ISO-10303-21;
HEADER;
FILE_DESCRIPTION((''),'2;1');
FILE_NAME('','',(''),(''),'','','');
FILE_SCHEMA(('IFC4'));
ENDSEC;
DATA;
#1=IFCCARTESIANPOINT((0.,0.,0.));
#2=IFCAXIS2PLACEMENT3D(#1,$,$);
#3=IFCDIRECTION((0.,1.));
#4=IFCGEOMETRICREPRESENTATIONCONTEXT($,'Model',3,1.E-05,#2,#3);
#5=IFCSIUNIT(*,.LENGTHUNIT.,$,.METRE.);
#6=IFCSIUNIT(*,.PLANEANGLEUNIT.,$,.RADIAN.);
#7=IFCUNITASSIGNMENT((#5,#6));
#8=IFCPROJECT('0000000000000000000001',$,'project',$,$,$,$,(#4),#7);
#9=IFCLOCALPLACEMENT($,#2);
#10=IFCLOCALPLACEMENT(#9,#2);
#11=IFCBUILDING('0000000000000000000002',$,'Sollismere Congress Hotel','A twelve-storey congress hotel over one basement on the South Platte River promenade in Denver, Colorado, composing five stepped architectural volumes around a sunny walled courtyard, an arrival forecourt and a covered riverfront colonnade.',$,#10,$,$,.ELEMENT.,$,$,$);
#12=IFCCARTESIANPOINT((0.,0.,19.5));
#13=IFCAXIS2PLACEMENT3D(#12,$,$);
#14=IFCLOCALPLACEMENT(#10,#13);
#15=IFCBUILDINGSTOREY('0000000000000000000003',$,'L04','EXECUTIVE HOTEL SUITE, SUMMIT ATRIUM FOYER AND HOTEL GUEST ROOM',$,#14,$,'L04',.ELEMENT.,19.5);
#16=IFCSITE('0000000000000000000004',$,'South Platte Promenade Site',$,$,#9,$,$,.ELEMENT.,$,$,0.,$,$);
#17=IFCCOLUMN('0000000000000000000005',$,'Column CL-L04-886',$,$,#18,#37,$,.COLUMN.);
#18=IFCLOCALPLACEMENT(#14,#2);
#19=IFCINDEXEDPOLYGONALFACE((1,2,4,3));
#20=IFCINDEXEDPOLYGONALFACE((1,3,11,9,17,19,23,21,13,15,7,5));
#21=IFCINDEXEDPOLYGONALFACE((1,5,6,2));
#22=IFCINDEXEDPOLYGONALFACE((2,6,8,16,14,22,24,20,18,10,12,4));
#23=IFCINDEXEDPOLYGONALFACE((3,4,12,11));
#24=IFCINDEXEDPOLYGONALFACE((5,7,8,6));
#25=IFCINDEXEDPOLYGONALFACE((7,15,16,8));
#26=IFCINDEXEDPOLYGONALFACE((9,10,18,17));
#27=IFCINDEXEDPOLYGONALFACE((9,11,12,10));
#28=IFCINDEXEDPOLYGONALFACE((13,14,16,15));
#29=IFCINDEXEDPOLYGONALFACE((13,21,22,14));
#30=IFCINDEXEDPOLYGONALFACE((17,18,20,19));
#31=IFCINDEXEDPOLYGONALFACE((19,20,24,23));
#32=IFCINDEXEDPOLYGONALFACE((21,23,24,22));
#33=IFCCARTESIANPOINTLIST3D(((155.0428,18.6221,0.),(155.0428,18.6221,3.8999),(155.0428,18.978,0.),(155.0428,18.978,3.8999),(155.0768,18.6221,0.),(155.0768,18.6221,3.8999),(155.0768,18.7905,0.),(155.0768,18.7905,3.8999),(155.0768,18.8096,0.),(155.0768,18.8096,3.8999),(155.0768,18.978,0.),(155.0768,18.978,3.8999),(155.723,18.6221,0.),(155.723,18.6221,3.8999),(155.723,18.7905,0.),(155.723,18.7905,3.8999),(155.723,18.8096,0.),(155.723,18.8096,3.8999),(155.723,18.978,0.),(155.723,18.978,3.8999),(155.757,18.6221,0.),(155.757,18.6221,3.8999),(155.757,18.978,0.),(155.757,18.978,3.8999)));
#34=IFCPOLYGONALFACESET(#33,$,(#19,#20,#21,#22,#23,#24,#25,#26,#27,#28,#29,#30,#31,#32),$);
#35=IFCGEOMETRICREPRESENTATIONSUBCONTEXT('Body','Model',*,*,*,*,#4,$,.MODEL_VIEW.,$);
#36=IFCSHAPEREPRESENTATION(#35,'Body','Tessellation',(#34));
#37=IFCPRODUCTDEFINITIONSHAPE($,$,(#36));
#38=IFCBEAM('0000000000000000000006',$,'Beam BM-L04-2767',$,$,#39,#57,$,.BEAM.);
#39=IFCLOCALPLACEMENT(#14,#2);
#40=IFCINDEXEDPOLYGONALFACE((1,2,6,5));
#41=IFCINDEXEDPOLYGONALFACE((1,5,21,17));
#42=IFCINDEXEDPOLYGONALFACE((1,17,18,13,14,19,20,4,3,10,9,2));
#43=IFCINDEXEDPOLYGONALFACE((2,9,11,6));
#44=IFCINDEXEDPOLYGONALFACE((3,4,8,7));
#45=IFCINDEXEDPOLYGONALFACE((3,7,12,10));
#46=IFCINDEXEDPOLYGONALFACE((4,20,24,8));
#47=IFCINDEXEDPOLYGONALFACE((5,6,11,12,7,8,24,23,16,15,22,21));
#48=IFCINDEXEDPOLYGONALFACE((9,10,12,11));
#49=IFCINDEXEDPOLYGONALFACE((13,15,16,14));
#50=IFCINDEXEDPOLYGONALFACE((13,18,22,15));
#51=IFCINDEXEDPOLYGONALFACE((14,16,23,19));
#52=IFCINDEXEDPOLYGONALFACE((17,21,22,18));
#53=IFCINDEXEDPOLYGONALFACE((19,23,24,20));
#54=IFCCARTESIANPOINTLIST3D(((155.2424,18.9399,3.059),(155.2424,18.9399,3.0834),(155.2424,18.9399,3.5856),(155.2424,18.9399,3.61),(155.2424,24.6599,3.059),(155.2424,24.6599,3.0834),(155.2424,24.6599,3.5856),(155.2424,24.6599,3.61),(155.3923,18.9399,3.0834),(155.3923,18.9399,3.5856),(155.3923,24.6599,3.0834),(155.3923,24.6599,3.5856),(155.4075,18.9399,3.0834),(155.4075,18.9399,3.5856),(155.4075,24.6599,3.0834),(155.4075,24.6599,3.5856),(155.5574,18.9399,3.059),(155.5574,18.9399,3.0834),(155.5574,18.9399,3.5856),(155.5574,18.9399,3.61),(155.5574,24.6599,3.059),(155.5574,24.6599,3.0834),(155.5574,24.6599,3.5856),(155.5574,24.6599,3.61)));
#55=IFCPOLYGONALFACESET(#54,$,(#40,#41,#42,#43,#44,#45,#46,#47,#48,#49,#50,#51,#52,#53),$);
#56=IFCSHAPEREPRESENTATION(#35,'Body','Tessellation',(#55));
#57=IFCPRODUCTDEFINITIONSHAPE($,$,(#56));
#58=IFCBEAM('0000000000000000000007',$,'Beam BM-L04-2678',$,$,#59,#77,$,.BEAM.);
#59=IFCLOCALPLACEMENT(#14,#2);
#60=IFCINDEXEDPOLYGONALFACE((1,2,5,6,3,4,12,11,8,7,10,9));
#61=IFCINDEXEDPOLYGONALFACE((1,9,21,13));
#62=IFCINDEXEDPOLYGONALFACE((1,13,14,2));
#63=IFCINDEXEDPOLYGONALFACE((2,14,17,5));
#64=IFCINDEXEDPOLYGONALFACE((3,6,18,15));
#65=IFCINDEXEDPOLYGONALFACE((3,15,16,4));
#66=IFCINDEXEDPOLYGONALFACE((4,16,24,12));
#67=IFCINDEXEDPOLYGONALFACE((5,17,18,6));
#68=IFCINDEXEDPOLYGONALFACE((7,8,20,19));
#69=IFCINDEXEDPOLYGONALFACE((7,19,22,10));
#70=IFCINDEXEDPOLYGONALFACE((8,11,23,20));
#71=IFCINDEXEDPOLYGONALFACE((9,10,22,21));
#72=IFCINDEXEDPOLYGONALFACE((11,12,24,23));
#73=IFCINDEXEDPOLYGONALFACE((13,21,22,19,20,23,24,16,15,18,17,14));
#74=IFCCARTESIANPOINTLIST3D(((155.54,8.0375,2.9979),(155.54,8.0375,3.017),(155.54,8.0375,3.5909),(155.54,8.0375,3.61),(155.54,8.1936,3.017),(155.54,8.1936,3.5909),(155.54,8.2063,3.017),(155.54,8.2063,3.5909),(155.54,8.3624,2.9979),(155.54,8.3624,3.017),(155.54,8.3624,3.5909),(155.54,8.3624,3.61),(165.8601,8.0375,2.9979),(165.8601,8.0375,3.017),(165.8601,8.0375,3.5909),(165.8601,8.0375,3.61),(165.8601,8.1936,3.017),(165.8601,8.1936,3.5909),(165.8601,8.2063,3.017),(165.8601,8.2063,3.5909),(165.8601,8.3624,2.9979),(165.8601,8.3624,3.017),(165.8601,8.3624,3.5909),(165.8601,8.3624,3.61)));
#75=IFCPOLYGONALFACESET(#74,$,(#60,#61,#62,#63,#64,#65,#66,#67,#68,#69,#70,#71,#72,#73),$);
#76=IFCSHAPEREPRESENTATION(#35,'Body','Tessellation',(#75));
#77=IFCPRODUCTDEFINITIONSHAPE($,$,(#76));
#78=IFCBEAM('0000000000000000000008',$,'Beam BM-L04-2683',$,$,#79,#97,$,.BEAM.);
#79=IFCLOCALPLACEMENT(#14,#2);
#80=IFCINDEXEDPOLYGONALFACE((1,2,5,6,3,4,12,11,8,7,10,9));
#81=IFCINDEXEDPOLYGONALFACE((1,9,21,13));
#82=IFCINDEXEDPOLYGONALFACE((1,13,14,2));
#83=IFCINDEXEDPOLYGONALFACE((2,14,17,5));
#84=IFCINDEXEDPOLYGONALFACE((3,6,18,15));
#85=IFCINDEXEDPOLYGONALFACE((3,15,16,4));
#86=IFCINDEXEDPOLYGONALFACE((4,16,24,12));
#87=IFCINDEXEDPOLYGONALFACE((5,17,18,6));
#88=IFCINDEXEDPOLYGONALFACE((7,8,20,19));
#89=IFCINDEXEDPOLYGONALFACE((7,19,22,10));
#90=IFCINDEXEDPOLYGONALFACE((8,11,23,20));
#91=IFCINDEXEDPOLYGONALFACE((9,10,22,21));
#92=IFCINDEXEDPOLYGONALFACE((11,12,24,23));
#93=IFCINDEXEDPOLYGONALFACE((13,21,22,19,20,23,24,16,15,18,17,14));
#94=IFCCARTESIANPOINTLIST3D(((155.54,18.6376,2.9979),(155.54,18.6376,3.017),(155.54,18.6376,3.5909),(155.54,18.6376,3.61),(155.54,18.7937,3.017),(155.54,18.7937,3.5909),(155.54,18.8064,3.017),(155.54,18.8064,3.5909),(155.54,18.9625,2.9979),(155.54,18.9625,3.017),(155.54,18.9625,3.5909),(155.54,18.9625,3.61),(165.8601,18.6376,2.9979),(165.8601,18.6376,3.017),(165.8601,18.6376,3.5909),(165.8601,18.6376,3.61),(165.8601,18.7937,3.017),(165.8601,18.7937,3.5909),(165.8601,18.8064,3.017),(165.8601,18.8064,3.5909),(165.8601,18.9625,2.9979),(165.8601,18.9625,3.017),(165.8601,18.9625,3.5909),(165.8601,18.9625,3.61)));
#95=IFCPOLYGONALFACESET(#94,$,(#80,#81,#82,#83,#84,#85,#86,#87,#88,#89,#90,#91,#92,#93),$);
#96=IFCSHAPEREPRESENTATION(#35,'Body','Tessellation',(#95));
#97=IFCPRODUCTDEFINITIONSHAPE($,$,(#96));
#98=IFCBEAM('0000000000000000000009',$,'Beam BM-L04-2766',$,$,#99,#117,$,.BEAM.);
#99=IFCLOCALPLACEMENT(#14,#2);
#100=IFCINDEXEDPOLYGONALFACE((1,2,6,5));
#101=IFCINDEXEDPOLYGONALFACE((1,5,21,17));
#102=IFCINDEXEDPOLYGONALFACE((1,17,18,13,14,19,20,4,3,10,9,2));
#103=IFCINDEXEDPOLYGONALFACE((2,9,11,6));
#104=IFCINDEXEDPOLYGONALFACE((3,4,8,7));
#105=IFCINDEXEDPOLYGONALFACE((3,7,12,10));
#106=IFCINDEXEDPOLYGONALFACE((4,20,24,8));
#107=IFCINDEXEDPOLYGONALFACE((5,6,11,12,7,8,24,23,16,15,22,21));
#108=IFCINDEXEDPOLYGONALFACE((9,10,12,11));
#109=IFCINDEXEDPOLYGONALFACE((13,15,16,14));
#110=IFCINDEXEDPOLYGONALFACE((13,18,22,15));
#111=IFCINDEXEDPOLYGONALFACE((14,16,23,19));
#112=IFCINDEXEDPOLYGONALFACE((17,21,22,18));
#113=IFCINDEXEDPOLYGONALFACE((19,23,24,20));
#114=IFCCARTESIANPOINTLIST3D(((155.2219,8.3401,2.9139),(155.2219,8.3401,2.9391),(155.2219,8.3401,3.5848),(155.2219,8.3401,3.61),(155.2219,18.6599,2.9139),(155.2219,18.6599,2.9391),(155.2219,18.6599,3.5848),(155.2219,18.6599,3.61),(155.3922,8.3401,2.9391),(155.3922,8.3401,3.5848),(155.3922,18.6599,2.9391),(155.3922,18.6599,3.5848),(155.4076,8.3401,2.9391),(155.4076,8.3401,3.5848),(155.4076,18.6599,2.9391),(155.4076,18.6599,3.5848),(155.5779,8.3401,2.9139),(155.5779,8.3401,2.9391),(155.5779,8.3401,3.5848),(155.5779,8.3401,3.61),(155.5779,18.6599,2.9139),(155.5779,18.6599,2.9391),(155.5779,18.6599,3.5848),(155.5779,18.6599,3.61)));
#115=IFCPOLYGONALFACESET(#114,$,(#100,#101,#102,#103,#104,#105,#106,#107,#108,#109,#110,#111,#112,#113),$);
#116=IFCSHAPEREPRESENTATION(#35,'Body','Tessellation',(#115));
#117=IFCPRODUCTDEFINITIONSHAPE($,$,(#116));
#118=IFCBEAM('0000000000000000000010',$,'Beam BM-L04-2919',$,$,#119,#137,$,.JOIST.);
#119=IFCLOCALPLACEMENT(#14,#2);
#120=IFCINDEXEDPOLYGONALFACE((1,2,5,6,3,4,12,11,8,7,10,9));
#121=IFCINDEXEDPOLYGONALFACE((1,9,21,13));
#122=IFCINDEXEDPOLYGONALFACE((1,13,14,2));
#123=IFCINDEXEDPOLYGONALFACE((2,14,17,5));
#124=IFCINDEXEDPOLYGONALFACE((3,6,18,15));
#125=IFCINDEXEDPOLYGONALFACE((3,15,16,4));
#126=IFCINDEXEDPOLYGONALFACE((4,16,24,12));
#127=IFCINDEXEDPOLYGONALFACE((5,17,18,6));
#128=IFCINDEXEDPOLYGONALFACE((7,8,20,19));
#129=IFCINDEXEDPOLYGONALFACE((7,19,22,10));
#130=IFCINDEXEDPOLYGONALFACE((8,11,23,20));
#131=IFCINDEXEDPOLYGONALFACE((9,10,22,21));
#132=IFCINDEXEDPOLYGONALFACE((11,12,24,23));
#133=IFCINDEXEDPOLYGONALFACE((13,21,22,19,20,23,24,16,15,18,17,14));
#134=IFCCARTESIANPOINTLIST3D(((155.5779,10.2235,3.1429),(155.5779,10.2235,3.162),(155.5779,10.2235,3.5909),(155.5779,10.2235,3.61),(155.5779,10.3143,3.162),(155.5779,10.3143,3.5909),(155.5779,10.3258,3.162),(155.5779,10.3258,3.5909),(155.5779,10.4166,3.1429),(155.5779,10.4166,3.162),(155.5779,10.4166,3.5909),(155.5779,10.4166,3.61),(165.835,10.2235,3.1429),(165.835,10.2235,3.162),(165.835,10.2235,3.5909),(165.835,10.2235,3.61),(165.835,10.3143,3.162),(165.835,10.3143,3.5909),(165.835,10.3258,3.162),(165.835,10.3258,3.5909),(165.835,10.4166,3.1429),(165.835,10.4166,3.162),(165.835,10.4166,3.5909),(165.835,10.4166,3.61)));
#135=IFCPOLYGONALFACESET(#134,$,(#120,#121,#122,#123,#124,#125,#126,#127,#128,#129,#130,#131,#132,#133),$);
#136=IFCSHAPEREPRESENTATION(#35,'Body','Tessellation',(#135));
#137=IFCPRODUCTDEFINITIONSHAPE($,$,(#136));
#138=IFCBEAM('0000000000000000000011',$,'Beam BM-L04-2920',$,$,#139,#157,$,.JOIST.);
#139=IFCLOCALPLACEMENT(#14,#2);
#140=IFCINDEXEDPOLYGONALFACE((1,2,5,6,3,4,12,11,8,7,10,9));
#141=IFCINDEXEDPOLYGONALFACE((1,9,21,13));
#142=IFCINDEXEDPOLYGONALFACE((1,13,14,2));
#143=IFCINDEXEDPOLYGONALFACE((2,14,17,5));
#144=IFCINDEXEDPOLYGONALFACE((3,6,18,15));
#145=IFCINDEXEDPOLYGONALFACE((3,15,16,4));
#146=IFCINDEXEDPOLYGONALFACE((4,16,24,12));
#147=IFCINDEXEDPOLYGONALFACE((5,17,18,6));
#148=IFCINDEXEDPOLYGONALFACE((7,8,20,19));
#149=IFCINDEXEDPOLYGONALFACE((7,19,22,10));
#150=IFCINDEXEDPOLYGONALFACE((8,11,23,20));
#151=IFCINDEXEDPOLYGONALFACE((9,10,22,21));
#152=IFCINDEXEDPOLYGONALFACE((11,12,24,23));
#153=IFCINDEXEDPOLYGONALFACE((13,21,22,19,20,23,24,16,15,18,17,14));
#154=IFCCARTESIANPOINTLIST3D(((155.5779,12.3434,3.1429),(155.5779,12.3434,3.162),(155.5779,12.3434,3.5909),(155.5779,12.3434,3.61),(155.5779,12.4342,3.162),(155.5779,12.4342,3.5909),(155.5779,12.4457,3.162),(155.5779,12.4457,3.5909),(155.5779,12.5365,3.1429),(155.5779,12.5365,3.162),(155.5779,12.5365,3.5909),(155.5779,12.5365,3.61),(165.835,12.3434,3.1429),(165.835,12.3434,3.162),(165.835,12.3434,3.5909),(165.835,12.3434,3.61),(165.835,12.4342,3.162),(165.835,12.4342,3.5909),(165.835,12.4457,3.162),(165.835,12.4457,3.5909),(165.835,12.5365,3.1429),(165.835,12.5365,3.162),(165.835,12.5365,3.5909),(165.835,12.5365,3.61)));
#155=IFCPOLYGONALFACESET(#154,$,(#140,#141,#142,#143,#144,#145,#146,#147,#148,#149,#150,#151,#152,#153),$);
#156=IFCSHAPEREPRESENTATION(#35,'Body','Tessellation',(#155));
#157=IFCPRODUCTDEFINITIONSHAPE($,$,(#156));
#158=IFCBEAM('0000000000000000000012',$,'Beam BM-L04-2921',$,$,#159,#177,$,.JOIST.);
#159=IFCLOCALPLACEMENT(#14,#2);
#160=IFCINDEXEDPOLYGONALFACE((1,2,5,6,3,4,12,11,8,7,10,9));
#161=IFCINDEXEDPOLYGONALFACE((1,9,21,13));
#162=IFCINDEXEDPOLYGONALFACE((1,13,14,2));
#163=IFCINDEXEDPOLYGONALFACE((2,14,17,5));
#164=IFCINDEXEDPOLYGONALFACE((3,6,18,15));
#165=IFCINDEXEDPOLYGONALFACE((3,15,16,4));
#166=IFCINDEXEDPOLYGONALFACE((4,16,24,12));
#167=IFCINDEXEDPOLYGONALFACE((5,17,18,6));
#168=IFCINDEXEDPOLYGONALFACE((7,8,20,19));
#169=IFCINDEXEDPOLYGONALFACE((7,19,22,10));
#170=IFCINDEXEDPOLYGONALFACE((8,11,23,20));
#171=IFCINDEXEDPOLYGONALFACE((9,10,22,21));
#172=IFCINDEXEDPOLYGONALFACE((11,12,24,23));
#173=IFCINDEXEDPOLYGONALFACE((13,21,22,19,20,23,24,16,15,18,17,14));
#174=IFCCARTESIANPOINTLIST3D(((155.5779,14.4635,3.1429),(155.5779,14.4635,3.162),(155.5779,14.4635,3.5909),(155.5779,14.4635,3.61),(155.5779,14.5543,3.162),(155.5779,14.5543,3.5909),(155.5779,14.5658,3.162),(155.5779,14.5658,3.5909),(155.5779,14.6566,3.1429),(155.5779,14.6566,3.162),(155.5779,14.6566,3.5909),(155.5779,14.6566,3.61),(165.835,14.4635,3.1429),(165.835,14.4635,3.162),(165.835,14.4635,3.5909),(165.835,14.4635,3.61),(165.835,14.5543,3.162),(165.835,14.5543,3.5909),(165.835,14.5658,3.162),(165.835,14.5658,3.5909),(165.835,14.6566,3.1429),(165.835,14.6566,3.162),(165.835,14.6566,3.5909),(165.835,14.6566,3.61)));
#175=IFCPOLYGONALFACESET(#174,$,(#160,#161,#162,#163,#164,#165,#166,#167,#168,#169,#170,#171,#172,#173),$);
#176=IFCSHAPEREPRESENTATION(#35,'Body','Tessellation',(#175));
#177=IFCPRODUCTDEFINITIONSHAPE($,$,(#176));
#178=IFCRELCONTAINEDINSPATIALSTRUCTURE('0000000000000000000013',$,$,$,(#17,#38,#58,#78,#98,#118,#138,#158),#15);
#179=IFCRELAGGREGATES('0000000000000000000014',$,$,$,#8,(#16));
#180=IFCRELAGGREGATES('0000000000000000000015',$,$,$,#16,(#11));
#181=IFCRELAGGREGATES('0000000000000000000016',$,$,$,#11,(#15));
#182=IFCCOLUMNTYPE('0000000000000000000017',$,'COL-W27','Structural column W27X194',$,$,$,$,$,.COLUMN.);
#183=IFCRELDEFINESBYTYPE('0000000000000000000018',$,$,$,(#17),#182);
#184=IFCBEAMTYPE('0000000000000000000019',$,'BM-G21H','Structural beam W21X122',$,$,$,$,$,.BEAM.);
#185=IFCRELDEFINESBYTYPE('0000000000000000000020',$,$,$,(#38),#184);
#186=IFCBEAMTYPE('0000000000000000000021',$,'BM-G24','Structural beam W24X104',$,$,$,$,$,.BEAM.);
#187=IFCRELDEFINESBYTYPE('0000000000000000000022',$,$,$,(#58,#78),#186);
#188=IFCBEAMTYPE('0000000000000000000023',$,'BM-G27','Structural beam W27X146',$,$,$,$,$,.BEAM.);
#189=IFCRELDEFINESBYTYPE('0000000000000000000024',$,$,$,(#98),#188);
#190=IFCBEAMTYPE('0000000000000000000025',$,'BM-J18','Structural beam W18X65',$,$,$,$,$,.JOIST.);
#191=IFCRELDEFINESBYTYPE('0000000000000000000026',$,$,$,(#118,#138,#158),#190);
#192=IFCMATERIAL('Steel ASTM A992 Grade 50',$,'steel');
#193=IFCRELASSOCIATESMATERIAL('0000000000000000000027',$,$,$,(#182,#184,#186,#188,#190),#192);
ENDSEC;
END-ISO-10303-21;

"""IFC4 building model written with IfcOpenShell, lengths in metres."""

from ifc_helpers import new_model, si_unit, direction, frame, origin, origin_2d, place, context, subcontext, project, spatial, i_section, extrude, material, material_profile, profile_set, type_object, element, save


model = new_model("IFC4")

# Units and contexts
model_context = context("Model", 3, precision=1e-05, world=origin(), true_north=direction((0.0, 1.0)))
body_context = subcontext(model_context, "Body", "Model", "MODEL_VIEW")
ifc_project = project(units=[si_unit("LENGTHUNIT", "METRE"), si_unit("PLANEANGLEUNIT", "RADIAN")], contexts=[model_context])

# Site, building, storey
site_placement = place(None, origin())
site = spatial("IfcSite", under=ifc_project, at=site_placement, Name="South Platte Promenade Site", CompositionType="ELEMENT", RefElevation=0.0)
building_placement = place(site_placement, origin())
building = spatial("IfcBuilding", under=site, at=building_placement, Name="Sollismere Congress Hotel", Description="A twelve-storey congress hotel over one basement on the South Platte River promenade in Denver, Colorado, composing five stepped architectural volumes around a sunny walled courtyard, an arrival forecourt and a covered riverfront colonnade.", CompositionType="ELEMENT")
storey_placement = place(building_placement, frame((0.0, 0.0, 19.5)))
storey = spatial("IfcBuildingStorey", under=building, at=storey_placement, Name="L04", Description="EXECUTIVE HOTEL SUITE, SUMMIT ATRIUM FOYER AND HOTEL GUEST ROOM", LongName="L04", CompositionType="ELEMENT", Elevation=19.5)

# Column
ifc_material_1 = material(Name="Steel ASTM A992 Grade 50", Category="steel")
ifc_material_profile_1 = material_profile(ifc_material_1, i_section(OverallWidth=0.356, OverallDepth=0.7141, WebThickness=0.019, FlangeThickness=0.0339, at=origin_2d()), Name="W27X194")
ifc_profile_set_1 = profile_set([ifc_material_profile_1], Name="Steel ASTM A992 Grade 50")
column_type = type_object("IfcColumnType", Name="COL-W27", Description="Structural column W27X194", PredefinedType="COLUMN", material=ifc_profile_set_1)
column_placement = place(storey_placement, frame((155.3999, 18.8, 0.0), z_axis=(0.0, 0.0, 1.0), x_axis=(0.0, 1.0, 0.0)))
element("IfcColumn", 1, at=column_placement, inside=storey, type_object=column_type, Name="Column CL-L04-886", PredefinedType="COLUMN", context=body_context, shape_type="SweptSolid", body=[
    extrude(i_section(OverallWidth=0.356, OverallDepth=0.7141, WebThickness=0.019, FlangeThickness=0.0339, at=origin_2d()), origin(), (0.0, 0.0, 1.0), 3.8999),
])

# Beams
ifc_material_profile_2 = material_profile(ifc_material_1, i_section(OverallWidth=0.3149, OverallDepth=0.551, WebThickness=0.0151, FlangeThickness=0.0244, at=origin_2d()), Name="W21X122")
ifc_profile_set_2 = profile_set([ifc_material_profile_2], Name="Steel ASTM A992 Grade 50")
beam_type_1 = type_object("IfcBeamType", Name="BM-G21H", Description="Structural beam W21X122", PredefinedType="BEAM", material=ifc_profile_set_2)
beam_1_placement = place(storey_placement, frame((155.3999, 18.9399, 3.3345), z_axis=(0.0, 1.0, 0.0), x_axis=(-1.0, 0.0, 0.0)))
element("IfcBeam", 2, at=beam_1_placement, inside=storey, type_object=beam_type_1, Name="Beam BM-L04-2767", PredefinedType="BEAM", context=body_context, shape_type="SweptSolid", body=[
    extrude(i_section(OverallWidth=0.3149, OverallDepth=0.551, WebThickness=0.0151, FlangeThickness=0.0244, at=origin_2d()), origin(), (0.0, 0.0, 1.0), 5.72),
])
ifc_material_profile_3 = material_profile(ifc_material_1, i_section(OverallWidth=0.325, OverallDepth=0.6121, WebThickness=0.0127, FlangeThickness=0.019, at=origin_2d()), Name="W24X104")
ifc_profile_set_3 = profile_set([ifc_material_profile_3], Name="Steel ASTM A992 Grade 50")
beam_type_2 = type_object("IfcBeamType", Name="BM-G24", Description="Structural beam W24X104", PredefinedType="BEAM", material=ifc_profile_set_3)
for number, where, z_axis, x_axis, name in (
    (3, (155.54, 8.2, 3.304), (1.0, 0.0, 0.0), (0.0, 1.0, 0.0), "Beam BM-L04-2678"),
    (4, (155.54, 18.8, 3.304), (1.0, 0.0, 0.0), (0.0, 1.0, 0.0), "Beam BM-L04-2683"),
):
    element("IfcBeam", number, at=place(storey_placement, frame(where, z_axis=z_axis, x_axis=x_axis)), inside=storey, type_object=beam_type_2, Name=name, PredefinedType="BEAM", context=body_context, shape_type="SweptSolid", body=[
        extrude(i_section(OverallWidth=0.325, OverallDepth=0.6121, WebThickness=0.0127, FlangeThickness=0.019, at=origin_2d()), origin(), (0.0, 0.0, 1.0), 10.3201),
    ])
ifc_material_profile_4 = material_profile(ifc_material_1, i_section(OverallWidth=0.356, OverallDepth=0.696, WebThickness=0.0154, FlangeThickness=0.0251, at=origin_2d()), Name="W27X146")
ifc_profile_set_4 = profile_set([ifc_material_profile_4], Name="Steel ASTM A992 Grade 50")
beam_type_3 = type_object("IfcBeamType", Name="BM-G27", Description="Structural beam W27X146", PredefinedType="BEAM", material=ifc_profile_set_4)
beam_2_placement = place(storey_placement, frame((155.3999, 8.3401, 3.262), z_axis=(0.0, 1.0, 0.0), x_axis=(-1.0, 0.0, 0.0)))
element("IfcBeam", 5, at=beam_2_placement, inside=storey, type_object=beam_type_3, Name="Beam BM-L04-2766", PredefinedType="BEAM", context=body_context, shape_type="SweptSolid", body=[
    extrude(i_section(OverallWidth=0.356, OverallDepth=0.696, WebThickness=0.0154, FlangeThickness=0.0251, at=origin_2d()), origin(), (0.0, 0.0, 1.0), 10.3198),
])
ifc_material_profile_5 = material_profile(ifc_material_1, i_section(OverallWidth=0.1931, OverallDepth=0.467, WebThickness=0.0115, FlangeThickness=0.019, at=origin_2d()), Name="W18X65")
ifc_profile_set_5 = profile_set([ifc_material_profile_5], Name="Steel ASTM A992 Grade 50")
beam_type_4 = type_object("IfcBeamType", Name="BM-J18", Description="Structural beam W18X65", PredefinedType="JOIST", material=ifc_profile_set_5)
for number, where, z_axis, x_axis, name in (
    (6, (155.5779, 10.3201, 3.3765), (1.0, 0.0, 0.0), (0.0, 1.0, 0.0), "Beam BM-L04-2919"),
    (7, (155.5779, 12.4399, 3.3765), (1.0, 0.0, 0.0), (0.0, 1.0, 0.0), "Beam BM-L04-2920"),
    (8, (155.5779, 14.5601, 3.3765), (1.0, 0.0, 0.0), (0.0, 1.0, 0.0), "Beam BM-L04-2921"),
):
    element("IfcBeam", number, at=place(storey_placement, frame(where, z_axis=z_axis, x_axis=x_axis)), inside=storey, type_object=beam_type_4, Name=name, PredefinedType="JOIST", context=body_context, shape_type="SweptSolid", body=[
        extrude(i_section(OverallWidth=0.1931, OverallDepth=0.467, WebThickness=0.0115, FlangeThickness=0.019, at=origin_2d()), origin(), (0.0, 0.0, 1.0), 10.2571),
    ])

save(model, "model.ifc")
